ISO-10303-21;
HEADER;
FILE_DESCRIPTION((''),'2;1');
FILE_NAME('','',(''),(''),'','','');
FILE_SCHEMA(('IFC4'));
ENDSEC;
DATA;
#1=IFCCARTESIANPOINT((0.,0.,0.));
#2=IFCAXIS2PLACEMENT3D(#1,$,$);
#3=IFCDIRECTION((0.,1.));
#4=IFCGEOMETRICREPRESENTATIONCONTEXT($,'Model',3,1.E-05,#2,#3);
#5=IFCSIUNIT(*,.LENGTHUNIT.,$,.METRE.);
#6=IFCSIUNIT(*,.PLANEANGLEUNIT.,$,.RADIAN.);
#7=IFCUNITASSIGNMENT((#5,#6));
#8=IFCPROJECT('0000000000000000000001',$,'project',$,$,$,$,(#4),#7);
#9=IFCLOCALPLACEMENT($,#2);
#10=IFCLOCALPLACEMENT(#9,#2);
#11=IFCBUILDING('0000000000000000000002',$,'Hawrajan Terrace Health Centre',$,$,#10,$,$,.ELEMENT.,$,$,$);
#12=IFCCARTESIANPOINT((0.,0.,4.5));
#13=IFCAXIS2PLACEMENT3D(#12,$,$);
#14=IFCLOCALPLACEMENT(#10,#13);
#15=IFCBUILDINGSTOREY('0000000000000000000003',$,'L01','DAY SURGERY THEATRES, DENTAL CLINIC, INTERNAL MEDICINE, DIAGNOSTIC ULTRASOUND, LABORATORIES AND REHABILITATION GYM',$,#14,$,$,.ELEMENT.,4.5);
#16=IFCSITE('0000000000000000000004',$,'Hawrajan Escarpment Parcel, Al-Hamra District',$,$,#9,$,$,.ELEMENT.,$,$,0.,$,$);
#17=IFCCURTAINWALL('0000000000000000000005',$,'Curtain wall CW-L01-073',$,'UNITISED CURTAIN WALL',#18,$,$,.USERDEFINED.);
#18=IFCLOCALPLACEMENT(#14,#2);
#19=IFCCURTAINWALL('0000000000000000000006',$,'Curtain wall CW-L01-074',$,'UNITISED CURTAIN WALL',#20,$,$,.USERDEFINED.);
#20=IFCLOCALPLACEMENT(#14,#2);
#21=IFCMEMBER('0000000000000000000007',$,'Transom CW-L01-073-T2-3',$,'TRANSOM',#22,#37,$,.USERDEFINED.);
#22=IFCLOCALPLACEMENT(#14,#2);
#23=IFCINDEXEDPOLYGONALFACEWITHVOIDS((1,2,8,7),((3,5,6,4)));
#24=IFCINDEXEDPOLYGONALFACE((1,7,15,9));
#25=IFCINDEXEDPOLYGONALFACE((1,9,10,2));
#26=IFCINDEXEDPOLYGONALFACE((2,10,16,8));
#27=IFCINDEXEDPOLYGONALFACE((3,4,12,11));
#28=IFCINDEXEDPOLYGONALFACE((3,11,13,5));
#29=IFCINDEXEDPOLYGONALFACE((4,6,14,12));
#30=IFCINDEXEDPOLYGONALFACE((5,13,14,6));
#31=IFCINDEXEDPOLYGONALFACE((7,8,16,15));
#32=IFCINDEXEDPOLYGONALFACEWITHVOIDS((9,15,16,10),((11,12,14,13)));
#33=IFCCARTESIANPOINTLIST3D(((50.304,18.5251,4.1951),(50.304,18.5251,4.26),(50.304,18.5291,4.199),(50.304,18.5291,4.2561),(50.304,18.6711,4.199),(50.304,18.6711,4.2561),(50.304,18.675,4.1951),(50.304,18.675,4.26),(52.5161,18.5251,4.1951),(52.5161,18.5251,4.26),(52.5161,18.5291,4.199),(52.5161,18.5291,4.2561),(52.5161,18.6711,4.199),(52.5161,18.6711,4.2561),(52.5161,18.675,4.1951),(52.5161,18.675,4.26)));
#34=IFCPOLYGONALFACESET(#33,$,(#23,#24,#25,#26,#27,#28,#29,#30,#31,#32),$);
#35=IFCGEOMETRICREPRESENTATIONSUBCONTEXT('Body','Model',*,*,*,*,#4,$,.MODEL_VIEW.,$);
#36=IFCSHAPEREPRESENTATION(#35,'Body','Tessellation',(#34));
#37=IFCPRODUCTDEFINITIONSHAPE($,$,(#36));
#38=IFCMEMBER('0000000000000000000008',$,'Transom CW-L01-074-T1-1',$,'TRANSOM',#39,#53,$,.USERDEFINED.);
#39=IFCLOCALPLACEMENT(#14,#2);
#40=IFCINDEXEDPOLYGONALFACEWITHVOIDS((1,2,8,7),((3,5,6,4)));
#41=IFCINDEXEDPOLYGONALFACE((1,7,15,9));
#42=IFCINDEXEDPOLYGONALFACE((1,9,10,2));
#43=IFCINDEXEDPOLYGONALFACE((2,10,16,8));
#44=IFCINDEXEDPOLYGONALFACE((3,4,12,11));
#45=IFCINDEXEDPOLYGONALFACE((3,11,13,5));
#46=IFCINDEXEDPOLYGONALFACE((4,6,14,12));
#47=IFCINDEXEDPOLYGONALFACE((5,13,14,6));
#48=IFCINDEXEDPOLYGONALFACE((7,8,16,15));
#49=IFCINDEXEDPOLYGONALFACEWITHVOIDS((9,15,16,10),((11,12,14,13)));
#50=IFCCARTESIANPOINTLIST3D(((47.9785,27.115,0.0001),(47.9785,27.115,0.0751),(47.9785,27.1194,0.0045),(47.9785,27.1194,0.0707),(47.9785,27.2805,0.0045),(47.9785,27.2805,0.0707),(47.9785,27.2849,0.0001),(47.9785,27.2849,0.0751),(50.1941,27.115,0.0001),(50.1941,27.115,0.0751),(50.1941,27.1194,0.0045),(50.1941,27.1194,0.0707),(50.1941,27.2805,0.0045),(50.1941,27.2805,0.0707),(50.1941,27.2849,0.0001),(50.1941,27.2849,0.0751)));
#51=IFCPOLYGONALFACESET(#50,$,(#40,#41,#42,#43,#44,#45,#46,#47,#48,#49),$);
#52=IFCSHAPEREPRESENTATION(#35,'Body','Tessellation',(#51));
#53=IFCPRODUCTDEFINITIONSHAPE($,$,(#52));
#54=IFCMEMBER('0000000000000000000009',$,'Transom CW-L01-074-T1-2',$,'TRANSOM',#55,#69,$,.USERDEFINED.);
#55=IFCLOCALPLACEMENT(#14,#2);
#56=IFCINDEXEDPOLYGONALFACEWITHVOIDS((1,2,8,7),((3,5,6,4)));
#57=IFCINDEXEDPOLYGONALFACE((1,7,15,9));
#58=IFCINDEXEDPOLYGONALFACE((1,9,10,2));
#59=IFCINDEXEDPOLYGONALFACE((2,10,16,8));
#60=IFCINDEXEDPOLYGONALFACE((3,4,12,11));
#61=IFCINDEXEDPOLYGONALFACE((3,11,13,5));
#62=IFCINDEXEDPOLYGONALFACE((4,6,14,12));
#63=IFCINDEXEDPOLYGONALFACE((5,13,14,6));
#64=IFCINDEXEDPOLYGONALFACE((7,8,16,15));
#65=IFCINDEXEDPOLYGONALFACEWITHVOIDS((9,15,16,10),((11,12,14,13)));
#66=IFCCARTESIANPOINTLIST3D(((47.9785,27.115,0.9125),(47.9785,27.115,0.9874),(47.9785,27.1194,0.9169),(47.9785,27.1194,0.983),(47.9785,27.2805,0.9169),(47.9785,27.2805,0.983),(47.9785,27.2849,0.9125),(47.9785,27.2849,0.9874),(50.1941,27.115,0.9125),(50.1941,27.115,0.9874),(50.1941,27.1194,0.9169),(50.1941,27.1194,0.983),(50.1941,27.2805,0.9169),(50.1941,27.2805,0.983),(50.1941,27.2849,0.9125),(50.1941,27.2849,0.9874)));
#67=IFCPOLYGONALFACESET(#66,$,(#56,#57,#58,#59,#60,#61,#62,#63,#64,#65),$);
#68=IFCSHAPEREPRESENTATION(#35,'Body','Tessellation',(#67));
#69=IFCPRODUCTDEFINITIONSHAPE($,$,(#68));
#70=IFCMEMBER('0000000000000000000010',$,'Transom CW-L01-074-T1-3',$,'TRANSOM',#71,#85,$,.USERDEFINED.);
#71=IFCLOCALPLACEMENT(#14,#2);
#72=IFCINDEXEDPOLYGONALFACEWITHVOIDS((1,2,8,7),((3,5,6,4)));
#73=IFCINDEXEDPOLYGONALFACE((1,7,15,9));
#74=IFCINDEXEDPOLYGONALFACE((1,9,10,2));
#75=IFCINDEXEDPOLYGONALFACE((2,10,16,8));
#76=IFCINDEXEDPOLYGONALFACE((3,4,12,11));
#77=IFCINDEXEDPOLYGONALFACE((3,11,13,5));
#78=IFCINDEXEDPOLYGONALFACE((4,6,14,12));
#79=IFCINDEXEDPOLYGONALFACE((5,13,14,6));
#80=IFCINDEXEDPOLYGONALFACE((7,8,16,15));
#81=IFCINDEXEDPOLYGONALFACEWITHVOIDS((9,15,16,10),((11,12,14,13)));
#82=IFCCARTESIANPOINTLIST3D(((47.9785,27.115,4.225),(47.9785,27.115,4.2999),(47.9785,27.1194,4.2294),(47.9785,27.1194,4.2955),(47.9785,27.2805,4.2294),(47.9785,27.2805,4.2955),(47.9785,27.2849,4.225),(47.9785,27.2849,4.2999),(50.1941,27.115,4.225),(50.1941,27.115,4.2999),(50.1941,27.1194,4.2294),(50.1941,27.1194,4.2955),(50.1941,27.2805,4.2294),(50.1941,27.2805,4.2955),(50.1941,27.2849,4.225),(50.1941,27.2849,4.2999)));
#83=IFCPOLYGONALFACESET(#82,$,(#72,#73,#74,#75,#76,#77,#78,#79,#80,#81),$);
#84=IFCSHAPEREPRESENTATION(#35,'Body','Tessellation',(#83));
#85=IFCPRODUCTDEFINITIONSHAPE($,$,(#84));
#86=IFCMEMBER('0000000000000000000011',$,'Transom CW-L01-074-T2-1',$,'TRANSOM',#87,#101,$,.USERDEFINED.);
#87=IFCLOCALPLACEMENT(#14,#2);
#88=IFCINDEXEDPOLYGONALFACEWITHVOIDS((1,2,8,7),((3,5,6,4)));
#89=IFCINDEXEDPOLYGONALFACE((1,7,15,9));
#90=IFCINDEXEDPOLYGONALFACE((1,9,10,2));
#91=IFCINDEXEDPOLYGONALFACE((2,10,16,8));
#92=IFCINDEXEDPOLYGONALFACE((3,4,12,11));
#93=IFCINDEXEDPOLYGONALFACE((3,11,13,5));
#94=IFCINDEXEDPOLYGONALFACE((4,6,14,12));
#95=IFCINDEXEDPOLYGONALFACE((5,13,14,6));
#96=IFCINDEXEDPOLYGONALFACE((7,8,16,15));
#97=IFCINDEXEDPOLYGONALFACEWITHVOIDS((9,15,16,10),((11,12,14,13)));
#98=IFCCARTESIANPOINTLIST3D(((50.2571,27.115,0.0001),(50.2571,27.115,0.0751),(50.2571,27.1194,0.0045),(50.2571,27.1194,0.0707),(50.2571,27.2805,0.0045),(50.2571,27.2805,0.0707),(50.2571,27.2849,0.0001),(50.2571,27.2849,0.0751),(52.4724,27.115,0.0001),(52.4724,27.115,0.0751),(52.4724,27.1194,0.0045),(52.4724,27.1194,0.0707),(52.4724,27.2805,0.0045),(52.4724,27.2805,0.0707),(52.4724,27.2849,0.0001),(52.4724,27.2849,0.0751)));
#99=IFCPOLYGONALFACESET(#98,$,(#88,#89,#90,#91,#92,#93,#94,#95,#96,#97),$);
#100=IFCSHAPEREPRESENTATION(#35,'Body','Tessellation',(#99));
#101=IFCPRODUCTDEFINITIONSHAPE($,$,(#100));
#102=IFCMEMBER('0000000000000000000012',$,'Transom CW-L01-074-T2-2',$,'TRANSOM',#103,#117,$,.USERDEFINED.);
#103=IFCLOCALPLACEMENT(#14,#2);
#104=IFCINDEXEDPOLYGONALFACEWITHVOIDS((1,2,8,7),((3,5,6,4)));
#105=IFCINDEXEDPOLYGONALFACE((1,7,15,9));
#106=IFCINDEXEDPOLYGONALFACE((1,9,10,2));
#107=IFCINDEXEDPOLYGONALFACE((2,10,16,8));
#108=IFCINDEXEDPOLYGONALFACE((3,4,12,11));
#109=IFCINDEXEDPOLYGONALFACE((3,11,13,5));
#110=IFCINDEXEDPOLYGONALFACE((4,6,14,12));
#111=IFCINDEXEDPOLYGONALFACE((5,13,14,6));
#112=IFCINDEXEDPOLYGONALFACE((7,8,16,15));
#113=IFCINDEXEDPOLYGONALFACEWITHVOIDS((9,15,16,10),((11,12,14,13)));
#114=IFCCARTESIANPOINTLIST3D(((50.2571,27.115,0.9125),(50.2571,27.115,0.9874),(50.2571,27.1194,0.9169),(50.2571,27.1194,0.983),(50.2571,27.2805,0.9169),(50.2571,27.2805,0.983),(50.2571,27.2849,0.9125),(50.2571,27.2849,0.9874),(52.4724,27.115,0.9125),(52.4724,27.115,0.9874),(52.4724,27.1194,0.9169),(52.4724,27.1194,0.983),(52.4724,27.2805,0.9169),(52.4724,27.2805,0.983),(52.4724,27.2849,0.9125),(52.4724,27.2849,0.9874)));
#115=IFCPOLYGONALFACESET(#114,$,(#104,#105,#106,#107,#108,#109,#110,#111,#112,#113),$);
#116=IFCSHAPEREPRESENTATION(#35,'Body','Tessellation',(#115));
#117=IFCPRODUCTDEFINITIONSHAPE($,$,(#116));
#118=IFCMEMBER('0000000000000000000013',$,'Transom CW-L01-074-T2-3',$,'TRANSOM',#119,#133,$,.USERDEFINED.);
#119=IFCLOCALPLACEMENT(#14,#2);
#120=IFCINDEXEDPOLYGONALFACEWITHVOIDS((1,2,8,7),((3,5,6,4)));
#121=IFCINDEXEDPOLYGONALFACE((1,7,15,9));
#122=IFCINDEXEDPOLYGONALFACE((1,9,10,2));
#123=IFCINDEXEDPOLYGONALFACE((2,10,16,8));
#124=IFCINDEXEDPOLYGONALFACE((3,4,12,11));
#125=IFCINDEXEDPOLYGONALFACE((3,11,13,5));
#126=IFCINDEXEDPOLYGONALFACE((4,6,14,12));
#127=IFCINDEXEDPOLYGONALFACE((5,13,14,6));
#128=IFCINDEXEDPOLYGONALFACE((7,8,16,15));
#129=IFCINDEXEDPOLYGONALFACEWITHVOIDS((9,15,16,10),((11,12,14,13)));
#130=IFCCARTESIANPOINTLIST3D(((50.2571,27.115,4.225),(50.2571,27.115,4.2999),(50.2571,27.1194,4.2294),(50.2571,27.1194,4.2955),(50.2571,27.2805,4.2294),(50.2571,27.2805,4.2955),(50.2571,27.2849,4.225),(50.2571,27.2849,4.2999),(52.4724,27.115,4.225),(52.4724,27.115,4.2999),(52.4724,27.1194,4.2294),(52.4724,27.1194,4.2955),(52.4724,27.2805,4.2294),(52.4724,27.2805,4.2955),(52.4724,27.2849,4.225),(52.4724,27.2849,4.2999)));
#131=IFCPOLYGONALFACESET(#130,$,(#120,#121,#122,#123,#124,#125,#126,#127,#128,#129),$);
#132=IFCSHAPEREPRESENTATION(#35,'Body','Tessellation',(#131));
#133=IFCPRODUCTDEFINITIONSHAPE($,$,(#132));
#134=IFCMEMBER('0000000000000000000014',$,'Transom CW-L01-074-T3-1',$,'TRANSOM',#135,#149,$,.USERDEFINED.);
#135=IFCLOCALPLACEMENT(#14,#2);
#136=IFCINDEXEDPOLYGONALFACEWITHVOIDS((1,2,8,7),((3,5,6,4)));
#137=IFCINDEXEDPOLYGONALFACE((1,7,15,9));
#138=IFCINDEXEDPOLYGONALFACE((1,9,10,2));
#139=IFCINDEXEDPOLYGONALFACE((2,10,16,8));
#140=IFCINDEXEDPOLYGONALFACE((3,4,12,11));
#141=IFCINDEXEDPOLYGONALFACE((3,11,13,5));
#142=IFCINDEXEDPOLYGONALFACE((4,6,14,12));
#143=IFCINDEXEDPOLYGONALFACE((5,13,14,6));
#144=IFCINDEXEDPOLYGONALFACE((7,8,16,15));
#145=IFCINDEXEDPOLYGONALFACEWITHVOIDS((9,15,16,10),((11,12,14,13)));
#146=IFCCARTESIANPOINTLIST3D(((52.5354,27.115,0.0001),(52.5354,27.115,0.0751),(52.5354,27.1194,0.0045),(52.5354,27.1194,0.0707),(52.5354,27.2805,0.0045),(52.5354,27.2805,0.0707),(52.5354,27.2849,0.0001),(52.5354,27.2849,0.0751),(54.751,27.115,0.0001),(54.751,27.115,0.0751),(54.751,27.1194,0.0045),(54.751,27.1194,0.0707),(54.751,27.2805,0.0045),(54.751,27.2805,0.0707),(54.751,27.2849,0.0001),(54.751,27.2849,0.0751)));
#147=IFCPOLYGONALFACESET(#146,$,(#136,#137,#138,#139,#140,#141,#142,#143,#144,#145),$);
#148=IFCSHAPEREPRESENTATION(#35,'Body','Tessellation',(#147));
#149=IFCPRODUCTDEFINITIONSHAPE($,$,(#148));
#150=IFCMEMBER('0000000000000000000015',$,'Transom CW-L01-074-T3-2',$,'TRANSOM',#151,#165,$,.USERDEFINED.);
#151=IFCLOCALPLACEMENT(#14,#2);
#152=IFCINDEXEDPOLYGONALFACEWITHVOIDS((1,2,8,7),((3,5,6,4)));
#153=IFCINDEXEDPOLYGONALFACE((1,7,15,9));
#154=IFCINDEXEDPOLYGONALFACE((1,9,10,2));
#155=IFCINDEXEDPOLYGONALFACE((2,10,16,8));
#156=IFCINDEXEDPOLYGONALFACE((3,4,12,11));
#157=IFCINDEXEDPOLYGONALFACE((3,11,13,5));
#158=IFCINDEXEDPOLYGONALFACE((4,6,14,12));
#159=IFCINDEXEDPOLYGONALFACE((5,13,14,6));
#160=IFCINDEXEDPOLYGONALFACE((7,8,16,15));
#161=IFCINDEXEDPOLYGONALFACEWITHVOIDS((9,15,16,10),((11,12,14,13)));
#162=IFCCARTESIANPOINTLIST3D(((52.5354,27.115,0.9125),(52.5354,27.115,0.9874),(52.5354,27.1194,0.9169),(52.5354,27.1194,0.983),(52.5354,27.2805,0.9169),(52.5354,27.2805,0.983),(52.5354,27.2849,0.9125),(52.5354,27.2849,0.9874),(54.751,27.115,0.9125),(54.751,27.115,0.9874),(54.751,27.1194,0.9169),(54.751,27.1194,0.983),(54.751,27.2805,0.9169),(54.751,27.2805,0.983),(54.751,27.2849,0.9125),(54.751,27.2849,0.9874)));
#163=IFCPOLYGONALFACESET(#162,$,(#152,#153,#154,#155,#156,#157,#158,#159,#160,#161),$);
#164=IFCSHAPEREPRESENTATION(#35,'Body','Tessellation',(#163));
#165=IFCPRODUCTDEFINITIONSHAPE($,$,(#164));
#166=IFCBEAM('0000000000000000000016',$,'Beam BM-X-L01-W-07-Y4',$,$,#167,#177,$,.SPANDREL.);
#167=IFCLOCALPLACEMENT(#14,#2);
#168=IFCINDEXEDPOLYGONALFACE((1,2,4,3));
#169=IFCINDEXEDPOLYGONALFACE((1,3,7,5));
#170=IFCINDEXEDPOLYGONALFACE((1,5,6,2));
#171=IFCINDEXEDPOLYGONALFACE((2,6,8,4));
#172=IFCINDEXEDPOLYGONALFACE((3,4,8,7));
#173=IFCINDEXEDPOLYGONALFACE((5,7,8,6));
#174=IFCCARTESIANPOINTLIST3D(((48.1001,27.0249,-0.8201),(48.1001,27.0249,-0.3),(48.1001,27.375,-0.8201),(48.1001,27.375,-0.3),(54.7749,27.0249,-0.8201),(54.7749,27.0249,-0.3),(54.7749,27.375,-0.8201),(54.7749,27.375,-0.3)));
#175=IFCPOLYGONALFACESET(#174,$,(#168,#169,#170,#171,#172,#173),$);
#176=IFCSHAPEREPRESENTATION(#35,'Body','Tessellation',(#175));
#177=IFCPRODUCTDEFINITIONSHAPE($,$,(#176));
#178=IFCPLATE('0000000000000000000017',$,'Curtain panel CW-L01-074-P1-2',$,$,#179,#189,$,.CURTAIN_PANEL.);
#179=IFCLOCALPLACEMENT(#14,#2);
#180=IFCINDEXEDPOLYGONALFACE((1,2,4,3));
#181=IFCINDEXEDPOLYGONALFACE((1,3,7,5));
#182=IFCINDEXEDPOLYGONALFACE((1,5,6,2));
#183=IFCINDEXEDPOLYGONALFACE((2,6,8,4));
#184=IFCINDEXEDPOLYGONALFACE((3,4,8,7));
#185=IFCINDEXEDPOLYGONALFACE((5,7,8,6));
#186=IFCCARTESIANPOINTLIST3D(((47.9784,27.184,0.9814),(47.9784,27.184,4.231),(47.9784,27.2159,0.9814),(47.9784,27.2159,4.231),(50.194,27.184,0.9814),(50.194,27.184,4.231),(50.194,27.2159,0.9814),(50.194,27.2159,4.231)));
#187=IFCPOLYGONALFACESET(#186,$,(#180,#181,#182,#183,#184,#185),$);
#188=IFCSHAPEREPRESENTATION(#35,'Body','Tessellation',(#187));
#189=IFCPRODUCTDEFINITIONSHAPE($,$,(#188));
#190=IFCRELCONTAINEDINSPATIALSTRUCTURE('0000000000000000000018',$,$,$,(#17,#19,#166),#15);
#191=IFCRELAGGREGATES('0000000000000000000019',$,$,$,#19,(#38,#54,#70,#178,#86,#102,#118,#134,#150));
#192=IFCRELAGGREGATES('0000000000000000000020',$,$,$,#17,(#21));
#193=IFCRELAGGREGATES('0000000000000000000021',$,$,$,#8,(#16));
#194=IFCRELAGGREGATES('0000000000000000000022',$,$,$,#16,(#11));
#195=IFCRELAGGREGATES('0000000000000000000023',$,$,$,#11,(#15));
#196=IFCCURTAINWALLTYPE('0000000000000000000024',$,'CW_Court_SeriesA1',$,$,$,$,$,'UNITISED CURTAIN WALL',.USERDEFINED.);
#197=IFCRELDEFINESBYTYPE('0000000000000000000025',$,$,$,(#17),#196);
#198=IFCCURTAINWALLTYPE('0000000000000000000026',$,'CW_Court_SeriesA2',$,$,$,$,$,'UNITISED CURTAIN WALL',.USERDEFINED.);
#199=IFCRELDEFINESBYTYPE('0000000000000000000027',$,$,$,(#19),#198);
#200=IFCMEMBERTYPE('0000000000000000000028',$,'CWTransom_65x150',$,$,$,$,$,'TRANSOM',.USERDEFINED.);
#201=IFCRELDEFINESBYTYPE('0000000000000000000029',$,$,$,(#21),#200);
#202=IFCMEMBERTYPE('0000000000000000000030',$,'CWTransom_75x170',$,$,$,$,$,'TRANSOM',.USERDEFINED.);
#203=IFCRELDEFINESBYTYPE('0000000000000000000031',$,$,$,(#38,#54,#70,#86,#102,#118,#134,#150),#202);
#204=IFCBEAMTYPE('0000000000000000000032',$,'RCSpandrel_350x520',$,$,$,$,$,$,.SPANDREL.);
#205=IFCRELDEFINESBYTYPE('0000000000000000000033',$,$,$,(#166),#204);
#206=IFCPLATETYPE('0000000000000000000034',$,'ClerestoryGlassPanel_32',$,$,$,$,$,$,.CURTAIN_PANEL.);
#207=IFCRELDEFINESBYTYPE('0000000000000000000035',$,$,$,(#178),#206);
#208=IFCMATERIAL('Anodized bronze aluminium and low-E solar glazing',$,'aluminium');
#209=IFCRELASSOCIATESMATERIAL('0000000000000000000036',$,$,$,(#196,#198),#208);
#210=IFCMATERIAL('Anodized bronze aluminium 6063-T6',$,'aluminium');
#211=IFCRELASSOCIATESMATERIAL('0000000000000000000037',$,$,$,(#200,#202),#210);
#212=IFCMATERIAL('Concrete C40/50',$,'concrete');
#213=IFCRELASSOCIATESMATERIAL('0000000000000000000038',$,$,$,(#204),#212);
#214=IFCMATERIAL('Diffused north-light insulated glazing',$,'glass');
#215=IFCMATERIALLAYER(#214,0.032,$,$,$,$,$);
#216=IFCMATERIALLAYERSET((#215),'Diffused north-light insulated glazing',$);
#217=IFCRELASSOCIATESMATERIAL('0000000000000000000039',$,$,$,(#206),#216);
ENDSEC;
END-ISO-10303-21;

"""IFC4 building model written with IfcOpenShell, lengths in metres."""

from ifc_helpers import new_model, si_unit, direction, frame, origin, origin_2d, place, context, subcontext, project, spatial, rectangle, hollow_rectangle, extrude, material, layer, layer_set, material_profile, profile_set, type_object, element, aggregate, save


model = new_model("IFC4")

# Units and contexts
model_context = context("Model", 3, precision=1e-05, world=origin(), true_north=direction((0.0, 1.0)))
body_context = subcontext(model_context, "Body", "Model", "MODEL_VIEW")
ifc_project = project(units=[si_unit("LENGTHUNIT", "METRE"), si_unit("PLANEANGLEUNIT", "RADIAN")], contexts=[model_context])

# Site, building, storey
site_placement = place(None, origin())
site = spatial("IfcSite", under=ifc_project, at=site_placement, Name="Hawrajan Escarpment Parcel, Al-Hamra District", CompositionType="ELEMENT", RefElevation=0.0)
building_placement = place(site_placement, origin())
building = spatial("IfcBuilding", under=site, at=building_placement, Name="Hawrajan Terrace Health Centre", CompositionType="ELEMENT")
storey_placement = place(building_placement, frame((0.0, 0.0, 4.5)))
storey = spatial("IfcBuildingStorey", under=building, at=storey_placement, Name="L01", Description="DAY SURGERY THEATRES, DENTAL CLINIC, INTERNAL MEDICINE, DIAGNOSTIC ULTRASOUND, LABORATORIES AND REHABILITATION GYM", CompositionType="ELEMENT", Elevation=4.5)

# Curtain wall
ifc_material_1 = material(Name="Anodized bronze aluminium and low-E solar glazing", Category="aluminium")
ifc_material_2 = material(Name="Anodized bronze aluminium 6063-T6", Category="aluminium")
curtain_wall_type_1 = type_object("IfcCurtainWallType", Name="CW_Court_SeriesA1", ElementType="UNITISED CURTAIN WALL", PredefinedType="USERDEFINED", material=ifc_material_1)
curtain_wall_1_placement = place(storey_placement, origin())
curtain_wall_1 = element("IfcCurtainWall", 1, at=curtain_wall_1_placement, inside=storey, type_object=curtain_wall_type_1, Name="Curtain wall CW-L01-073", ObjectType="UNITISED CURTAIN WALL", PredefinedType="USERDEFINED")

# Curtain wall
curtain_wall_type_2 = type_object("IfcCurtainWallType", Name="CW_Court_SeriesA2", ElementType="UNITISED CURTAIN WALL", PredefinedType="USERDEFINED", material=ifc_material_1)
curtain_wall_2_placement = place(storey_placement, origin())
curtain_wall_2 = element("IfcCurtainWall", 2, at=curtain_wall_2_placement, inside=storey, type_object=curtain_wall_type_2, Name="Curtain wall CW-L01-074", ObjectType="UNITISED CURTAIN WALL", PredefinedType="USERDEFINED")

# Members
ifc_material_profile_1 = material_profile(ifc_material_2, hollow_rectangle(XDim=0.0649, YDim=0.1499, WallThickness=0.0039, at=origin_2d()), Name="CW TRN 65x150")
ifc_profile_set_1 = profile_set([ifc_material_profile_1], Name="Anodized bronze aluminium 6063-T6")
member_type_1 = type_object("IfcMemberType", Name="CWTransom_65x150", ElementType="TRANSOM", PredefinedType="USERDEFINED", material=ifc_profile_set_1)
member_1_placement = place(storey_placement, frame((50.304, 18.6001, 4.2275), z_axis=(1.0, 0.0, 0.0), x_axis=(0.0, 0.0, 1.0)))
member_1 = element("IfcMember", 3, at=member_1_placement, type_object=member_type_1, Name="Transom CW-L01-073-T2-3", ObjectType="TRANSOM", PredefinedType="USERDEFINED", context=body_context, shape_type="SweptSolid", body=[
    extrude(hollow_rectangle(XDim=0.0649, YDim=0.1499, WallThickness=0.0039, at=origin_2d()), origin(), (0.0, 0.0, 1.0), 2.2122),
])
ifc_material_profile_2 = material_profile(ifc_material_2, hollow_rectangle(XDim=0.075, YDim=0.1699, WallThickness=0.0044, at=origin_2d()), Name="CW TRN 75x170")
ifc_profile_set_2 = profile_set([ifc_material_profile_2], Name="Anodized bronze aluminium 6063-T6")
member_type_2 = type_object("IfcMemberType", Name="CWTransom_75x170", ElementType="TRANSOM", PredefinedType="USERDEFINED", material=ifc_profile_set_2)
member_2_placement = place(storey_placement, frame((47.9785, 27.2, 0.0376), z_axis=(1.0, 0.0, 0.0), x_axis=(0.0, 0.0, 1.0)))
member_2 = element("IfcMember", 4, at=member_2_placement, type_object=member_type_2, Name="Transom CW-L01-074-T1-1", ObjectType="TRANSOM", PredefinedType="USERDEFINED", context=body_context, shape_type="SweptSolid", body=[
    extrude(hollow_rectangle(XDim=0.075, YDim=0.1699, WallThickness=0.0044, at=origin_2d()), origin(), (0.0, 0.0, 1.0), 2.2156),
])
member_3_placement = place(storey_placement, frame((47.9785, 27.2, 0.95), z_axis=(1.0, 0.0, 0.0), x_axis=(0.0, 0.0, 1.0)))
member_3 = element("IfcMember", 5, at=member_3_placement, type_object=member_type_2, Name="Transom CW-L01-074-T1-2", ObjectType="TRANSOM", PredefinedType="USERDEFINED", context=body_context, shape_type="SweptSolid", body=[
    extrude(hollow_rectangle(XDim=0.075, YDim=0.1699, WallThickness=0.0044, at=origin_2d()), origin(), (0.0, 0.0, 1.0), 2.2156),
])
member_4_placement = place(storey_placement, frame((47.9785, 27.2, 4.2625), z_axis=(1.0, 0.0, 0.0), x_axis=(0.0, 0.0, 1.0)))
member_4 = element("IfcMember", 6, at=member_4_placement, type_object=member_type_2, Name="Transom CW-L01-074-T1-3", ObjectType="TRANSOM", PredefinedType="USERDEFINED", context=body_context, shape_type="SweptSolid", body=[
    extrude(hollow_rectangle(XDim=0.075, YDim=0.1699, WallThickness=0.0044, at=origin_2d()), origin(), (0.0, 0.0, 1.0), 2.2156),
])
member_5_placement = place(storey_placement, frame((50.2571, 27.2, 0.0376), z_axis=(1.0, 0.0, 0.0), x_axis=(0.0, 0.0, 1.0)))
member_5 = element("IfcMember", 7, at=member_5_placement, type_object=member_type_2, Name="Transom CW-L01-074-T2-1", ObjectType="TRANSOM", PredefinedType="USERDEFINED", context=body_context, shape_type="SweptSolid", body=[
    extrude(hollow_rectangle(XDim=0.075, YDim=0.1699, WallThickness=0.0044, at=origin_2d()), origin(), (0.0, 0.0, 1.0), 2.2153),
])
member_6_placement = place(storey_placement, frame((50.2571, 27.2, 0.95), z_axis=(1.0, 0.0, 0.0), x_axis=(0.0, 0.0, 1.0)))
member_6 = element("IfcMember", 8, at=member_6_placement, type_object=member_type_2, Name="Transom CW-L01-074-T2-2", ObjectType="TRANSOM", PredefinedType="USERDEFINED", context=body_context, shape_type="SweptSolid", body=[
    extrude(hollow_rectangle(XDim=0.075, YDim=0.1699, WallThickness=0.0044, at=origin_2d()), origin(), (0.0, 0.0, 1.0), 2.2153),
])
member_7_placement = place(storey_placement, frame((50.2571, 27.2, 4.2625), z_axis=(1.0, 0.0, 0.0), x_axis=(0.0, 0.0, 1.0)))
member_7 = element("IfcMember", 9, at=member_7_placement, type_object=member_type_2, Name="Transom CW-L01-074-T2-3", ObjectType="TRANSOM", PredefinedType="USERDEFINED", context=body_context, shape_type="SweptSolid", body=[
    extrude(hollow_rectangle(XDim=0.075, YDim=0.1699, WallThickness=0.0044, at=origin_2d()), origin(), (0.0, 0.0, 1.0), 2.2153),
])
member_8_placement = place(storey_placement, frame((52.5354, 27.2, 0.0376), z_axis=(1.0, 0.0, 0.0), x_axis=(0.0, 0.0, 1.0)))
member_8 = element("IfcMember", 10, at=member_8_placement, type_object=member_type_2, Name="Transom CW-L01-074-T3-1", ObjectType="TRANSOM", PredefinedType="USERDEFINED", context=body_context, shape_type="SweptSolid", body=[
    extrude(hollow_rectangle(XDim=0.075, YDim=0.1699, WallThickness=0.0044, at=origin_2d()), origin(), (0.0, 0.0, 1.0), 2.2156),
])
member_9_placement = place(storey_placement, frame((52.5354, 27.2, 0.95), z_axis=(1.0, 0.0, 0.0), x_axis=(0.0, 0.0, 1.0)))
member_9 = element("IfcMember", 11, at=member_9_placement, type_object=member_type_2, Name="Transom CW-L01-074-T3-2", ObjectType="TRANSOM", PredefinedType="USERDEFINED", context=body_context, shape_type="SweptSolid", body=[
    extrude(hollow_rectangle(XDim=0.075, YDim=0.1699, WallThickness=0.0044, at=origin_2d()), origin(), (0.0, 0.0, 1.0), 2.2156),
])

# Beam
ifc_material_3 = material(Name="Concrete C40/50", Category="concrete")
ifc_material_profile_3 = material_profile(ifc_material_3, rectangle(XDim=0.3501, YDim=0.52, at=origin_2d()), Name="RC SP 350x520")
ifc_profile_set_3 = profile_set([ifc_material_profile_3], Name="Concrete C40/50")
beam_type = type_object("IfcBeamType", Name="RCSpandrel_350x520", PredefinedType="SPANDREL", material=ifc_profile_set_3)
beam_placement = place(storey_placement, frame((48.1001, 27.2, -0.5601), z_axis=(1.0, 0.0, 0.0), x_axis=(0.0, 1.0, 0.0)))
element("IfcBeam", 12, at=beam_placement, inside=storey, type_object=beam_type, Name="Beam BM-X-L01-W-07-Y4", PredefinedType="SPANDREL", context=body_context, shape_type="SweptSolid", body=[
    extrude(rectangle(XDim=0.3501, YDim=0.52, at=origin_2d()), origin(), (0.0, 0.0, 1.0), 6.6748),
])

# Plate
ifc_material_4 = material(Name="Diffused north-light insulated glazing", Category="glass")
ifc_layer_1 = layer(ifc_material_4, 0.032)
ifc_layer_set_1 = layer_set([ifc_layer_1], Name="Diffused north-light insulated glazing")
plate_type_1 = type_object("IfcPlateType", Name="ClerestoryGlassPanel_32", PredefinedType="CURTAIN_PANEL", material=ifc_layer_set_1)
plate_1_placement = place(storey_placement, frame((49.0862, 27.2, 0.9814), z_axis=(0.0, 0.0, 1.0), x_axis=(1.0, 0.0, 0.0)))
plate_1 = element("IfcPlate", 13, at=plate_1_placement, type_object=plate_type_1, Name="Curtain panel CW-L01-074-P1-2", PredefinedType="CURTAIN_PANEL", context=body_context, shape_type="SweptSolid", body=[
    extrude(rectangle(XDim=2.2156, YDim=0.032, at=origin_2d()), origin(), (0.0, 0.0, 1.0), 3.2495),
])
aggregate(curtain_wall_2, [member_2, member_3, member_4, plate_1, member_5, member_6, member_7, member_8, member_9])
aggregate(curtain_wall_1, [member_1])

save(model, "model.ifc")
